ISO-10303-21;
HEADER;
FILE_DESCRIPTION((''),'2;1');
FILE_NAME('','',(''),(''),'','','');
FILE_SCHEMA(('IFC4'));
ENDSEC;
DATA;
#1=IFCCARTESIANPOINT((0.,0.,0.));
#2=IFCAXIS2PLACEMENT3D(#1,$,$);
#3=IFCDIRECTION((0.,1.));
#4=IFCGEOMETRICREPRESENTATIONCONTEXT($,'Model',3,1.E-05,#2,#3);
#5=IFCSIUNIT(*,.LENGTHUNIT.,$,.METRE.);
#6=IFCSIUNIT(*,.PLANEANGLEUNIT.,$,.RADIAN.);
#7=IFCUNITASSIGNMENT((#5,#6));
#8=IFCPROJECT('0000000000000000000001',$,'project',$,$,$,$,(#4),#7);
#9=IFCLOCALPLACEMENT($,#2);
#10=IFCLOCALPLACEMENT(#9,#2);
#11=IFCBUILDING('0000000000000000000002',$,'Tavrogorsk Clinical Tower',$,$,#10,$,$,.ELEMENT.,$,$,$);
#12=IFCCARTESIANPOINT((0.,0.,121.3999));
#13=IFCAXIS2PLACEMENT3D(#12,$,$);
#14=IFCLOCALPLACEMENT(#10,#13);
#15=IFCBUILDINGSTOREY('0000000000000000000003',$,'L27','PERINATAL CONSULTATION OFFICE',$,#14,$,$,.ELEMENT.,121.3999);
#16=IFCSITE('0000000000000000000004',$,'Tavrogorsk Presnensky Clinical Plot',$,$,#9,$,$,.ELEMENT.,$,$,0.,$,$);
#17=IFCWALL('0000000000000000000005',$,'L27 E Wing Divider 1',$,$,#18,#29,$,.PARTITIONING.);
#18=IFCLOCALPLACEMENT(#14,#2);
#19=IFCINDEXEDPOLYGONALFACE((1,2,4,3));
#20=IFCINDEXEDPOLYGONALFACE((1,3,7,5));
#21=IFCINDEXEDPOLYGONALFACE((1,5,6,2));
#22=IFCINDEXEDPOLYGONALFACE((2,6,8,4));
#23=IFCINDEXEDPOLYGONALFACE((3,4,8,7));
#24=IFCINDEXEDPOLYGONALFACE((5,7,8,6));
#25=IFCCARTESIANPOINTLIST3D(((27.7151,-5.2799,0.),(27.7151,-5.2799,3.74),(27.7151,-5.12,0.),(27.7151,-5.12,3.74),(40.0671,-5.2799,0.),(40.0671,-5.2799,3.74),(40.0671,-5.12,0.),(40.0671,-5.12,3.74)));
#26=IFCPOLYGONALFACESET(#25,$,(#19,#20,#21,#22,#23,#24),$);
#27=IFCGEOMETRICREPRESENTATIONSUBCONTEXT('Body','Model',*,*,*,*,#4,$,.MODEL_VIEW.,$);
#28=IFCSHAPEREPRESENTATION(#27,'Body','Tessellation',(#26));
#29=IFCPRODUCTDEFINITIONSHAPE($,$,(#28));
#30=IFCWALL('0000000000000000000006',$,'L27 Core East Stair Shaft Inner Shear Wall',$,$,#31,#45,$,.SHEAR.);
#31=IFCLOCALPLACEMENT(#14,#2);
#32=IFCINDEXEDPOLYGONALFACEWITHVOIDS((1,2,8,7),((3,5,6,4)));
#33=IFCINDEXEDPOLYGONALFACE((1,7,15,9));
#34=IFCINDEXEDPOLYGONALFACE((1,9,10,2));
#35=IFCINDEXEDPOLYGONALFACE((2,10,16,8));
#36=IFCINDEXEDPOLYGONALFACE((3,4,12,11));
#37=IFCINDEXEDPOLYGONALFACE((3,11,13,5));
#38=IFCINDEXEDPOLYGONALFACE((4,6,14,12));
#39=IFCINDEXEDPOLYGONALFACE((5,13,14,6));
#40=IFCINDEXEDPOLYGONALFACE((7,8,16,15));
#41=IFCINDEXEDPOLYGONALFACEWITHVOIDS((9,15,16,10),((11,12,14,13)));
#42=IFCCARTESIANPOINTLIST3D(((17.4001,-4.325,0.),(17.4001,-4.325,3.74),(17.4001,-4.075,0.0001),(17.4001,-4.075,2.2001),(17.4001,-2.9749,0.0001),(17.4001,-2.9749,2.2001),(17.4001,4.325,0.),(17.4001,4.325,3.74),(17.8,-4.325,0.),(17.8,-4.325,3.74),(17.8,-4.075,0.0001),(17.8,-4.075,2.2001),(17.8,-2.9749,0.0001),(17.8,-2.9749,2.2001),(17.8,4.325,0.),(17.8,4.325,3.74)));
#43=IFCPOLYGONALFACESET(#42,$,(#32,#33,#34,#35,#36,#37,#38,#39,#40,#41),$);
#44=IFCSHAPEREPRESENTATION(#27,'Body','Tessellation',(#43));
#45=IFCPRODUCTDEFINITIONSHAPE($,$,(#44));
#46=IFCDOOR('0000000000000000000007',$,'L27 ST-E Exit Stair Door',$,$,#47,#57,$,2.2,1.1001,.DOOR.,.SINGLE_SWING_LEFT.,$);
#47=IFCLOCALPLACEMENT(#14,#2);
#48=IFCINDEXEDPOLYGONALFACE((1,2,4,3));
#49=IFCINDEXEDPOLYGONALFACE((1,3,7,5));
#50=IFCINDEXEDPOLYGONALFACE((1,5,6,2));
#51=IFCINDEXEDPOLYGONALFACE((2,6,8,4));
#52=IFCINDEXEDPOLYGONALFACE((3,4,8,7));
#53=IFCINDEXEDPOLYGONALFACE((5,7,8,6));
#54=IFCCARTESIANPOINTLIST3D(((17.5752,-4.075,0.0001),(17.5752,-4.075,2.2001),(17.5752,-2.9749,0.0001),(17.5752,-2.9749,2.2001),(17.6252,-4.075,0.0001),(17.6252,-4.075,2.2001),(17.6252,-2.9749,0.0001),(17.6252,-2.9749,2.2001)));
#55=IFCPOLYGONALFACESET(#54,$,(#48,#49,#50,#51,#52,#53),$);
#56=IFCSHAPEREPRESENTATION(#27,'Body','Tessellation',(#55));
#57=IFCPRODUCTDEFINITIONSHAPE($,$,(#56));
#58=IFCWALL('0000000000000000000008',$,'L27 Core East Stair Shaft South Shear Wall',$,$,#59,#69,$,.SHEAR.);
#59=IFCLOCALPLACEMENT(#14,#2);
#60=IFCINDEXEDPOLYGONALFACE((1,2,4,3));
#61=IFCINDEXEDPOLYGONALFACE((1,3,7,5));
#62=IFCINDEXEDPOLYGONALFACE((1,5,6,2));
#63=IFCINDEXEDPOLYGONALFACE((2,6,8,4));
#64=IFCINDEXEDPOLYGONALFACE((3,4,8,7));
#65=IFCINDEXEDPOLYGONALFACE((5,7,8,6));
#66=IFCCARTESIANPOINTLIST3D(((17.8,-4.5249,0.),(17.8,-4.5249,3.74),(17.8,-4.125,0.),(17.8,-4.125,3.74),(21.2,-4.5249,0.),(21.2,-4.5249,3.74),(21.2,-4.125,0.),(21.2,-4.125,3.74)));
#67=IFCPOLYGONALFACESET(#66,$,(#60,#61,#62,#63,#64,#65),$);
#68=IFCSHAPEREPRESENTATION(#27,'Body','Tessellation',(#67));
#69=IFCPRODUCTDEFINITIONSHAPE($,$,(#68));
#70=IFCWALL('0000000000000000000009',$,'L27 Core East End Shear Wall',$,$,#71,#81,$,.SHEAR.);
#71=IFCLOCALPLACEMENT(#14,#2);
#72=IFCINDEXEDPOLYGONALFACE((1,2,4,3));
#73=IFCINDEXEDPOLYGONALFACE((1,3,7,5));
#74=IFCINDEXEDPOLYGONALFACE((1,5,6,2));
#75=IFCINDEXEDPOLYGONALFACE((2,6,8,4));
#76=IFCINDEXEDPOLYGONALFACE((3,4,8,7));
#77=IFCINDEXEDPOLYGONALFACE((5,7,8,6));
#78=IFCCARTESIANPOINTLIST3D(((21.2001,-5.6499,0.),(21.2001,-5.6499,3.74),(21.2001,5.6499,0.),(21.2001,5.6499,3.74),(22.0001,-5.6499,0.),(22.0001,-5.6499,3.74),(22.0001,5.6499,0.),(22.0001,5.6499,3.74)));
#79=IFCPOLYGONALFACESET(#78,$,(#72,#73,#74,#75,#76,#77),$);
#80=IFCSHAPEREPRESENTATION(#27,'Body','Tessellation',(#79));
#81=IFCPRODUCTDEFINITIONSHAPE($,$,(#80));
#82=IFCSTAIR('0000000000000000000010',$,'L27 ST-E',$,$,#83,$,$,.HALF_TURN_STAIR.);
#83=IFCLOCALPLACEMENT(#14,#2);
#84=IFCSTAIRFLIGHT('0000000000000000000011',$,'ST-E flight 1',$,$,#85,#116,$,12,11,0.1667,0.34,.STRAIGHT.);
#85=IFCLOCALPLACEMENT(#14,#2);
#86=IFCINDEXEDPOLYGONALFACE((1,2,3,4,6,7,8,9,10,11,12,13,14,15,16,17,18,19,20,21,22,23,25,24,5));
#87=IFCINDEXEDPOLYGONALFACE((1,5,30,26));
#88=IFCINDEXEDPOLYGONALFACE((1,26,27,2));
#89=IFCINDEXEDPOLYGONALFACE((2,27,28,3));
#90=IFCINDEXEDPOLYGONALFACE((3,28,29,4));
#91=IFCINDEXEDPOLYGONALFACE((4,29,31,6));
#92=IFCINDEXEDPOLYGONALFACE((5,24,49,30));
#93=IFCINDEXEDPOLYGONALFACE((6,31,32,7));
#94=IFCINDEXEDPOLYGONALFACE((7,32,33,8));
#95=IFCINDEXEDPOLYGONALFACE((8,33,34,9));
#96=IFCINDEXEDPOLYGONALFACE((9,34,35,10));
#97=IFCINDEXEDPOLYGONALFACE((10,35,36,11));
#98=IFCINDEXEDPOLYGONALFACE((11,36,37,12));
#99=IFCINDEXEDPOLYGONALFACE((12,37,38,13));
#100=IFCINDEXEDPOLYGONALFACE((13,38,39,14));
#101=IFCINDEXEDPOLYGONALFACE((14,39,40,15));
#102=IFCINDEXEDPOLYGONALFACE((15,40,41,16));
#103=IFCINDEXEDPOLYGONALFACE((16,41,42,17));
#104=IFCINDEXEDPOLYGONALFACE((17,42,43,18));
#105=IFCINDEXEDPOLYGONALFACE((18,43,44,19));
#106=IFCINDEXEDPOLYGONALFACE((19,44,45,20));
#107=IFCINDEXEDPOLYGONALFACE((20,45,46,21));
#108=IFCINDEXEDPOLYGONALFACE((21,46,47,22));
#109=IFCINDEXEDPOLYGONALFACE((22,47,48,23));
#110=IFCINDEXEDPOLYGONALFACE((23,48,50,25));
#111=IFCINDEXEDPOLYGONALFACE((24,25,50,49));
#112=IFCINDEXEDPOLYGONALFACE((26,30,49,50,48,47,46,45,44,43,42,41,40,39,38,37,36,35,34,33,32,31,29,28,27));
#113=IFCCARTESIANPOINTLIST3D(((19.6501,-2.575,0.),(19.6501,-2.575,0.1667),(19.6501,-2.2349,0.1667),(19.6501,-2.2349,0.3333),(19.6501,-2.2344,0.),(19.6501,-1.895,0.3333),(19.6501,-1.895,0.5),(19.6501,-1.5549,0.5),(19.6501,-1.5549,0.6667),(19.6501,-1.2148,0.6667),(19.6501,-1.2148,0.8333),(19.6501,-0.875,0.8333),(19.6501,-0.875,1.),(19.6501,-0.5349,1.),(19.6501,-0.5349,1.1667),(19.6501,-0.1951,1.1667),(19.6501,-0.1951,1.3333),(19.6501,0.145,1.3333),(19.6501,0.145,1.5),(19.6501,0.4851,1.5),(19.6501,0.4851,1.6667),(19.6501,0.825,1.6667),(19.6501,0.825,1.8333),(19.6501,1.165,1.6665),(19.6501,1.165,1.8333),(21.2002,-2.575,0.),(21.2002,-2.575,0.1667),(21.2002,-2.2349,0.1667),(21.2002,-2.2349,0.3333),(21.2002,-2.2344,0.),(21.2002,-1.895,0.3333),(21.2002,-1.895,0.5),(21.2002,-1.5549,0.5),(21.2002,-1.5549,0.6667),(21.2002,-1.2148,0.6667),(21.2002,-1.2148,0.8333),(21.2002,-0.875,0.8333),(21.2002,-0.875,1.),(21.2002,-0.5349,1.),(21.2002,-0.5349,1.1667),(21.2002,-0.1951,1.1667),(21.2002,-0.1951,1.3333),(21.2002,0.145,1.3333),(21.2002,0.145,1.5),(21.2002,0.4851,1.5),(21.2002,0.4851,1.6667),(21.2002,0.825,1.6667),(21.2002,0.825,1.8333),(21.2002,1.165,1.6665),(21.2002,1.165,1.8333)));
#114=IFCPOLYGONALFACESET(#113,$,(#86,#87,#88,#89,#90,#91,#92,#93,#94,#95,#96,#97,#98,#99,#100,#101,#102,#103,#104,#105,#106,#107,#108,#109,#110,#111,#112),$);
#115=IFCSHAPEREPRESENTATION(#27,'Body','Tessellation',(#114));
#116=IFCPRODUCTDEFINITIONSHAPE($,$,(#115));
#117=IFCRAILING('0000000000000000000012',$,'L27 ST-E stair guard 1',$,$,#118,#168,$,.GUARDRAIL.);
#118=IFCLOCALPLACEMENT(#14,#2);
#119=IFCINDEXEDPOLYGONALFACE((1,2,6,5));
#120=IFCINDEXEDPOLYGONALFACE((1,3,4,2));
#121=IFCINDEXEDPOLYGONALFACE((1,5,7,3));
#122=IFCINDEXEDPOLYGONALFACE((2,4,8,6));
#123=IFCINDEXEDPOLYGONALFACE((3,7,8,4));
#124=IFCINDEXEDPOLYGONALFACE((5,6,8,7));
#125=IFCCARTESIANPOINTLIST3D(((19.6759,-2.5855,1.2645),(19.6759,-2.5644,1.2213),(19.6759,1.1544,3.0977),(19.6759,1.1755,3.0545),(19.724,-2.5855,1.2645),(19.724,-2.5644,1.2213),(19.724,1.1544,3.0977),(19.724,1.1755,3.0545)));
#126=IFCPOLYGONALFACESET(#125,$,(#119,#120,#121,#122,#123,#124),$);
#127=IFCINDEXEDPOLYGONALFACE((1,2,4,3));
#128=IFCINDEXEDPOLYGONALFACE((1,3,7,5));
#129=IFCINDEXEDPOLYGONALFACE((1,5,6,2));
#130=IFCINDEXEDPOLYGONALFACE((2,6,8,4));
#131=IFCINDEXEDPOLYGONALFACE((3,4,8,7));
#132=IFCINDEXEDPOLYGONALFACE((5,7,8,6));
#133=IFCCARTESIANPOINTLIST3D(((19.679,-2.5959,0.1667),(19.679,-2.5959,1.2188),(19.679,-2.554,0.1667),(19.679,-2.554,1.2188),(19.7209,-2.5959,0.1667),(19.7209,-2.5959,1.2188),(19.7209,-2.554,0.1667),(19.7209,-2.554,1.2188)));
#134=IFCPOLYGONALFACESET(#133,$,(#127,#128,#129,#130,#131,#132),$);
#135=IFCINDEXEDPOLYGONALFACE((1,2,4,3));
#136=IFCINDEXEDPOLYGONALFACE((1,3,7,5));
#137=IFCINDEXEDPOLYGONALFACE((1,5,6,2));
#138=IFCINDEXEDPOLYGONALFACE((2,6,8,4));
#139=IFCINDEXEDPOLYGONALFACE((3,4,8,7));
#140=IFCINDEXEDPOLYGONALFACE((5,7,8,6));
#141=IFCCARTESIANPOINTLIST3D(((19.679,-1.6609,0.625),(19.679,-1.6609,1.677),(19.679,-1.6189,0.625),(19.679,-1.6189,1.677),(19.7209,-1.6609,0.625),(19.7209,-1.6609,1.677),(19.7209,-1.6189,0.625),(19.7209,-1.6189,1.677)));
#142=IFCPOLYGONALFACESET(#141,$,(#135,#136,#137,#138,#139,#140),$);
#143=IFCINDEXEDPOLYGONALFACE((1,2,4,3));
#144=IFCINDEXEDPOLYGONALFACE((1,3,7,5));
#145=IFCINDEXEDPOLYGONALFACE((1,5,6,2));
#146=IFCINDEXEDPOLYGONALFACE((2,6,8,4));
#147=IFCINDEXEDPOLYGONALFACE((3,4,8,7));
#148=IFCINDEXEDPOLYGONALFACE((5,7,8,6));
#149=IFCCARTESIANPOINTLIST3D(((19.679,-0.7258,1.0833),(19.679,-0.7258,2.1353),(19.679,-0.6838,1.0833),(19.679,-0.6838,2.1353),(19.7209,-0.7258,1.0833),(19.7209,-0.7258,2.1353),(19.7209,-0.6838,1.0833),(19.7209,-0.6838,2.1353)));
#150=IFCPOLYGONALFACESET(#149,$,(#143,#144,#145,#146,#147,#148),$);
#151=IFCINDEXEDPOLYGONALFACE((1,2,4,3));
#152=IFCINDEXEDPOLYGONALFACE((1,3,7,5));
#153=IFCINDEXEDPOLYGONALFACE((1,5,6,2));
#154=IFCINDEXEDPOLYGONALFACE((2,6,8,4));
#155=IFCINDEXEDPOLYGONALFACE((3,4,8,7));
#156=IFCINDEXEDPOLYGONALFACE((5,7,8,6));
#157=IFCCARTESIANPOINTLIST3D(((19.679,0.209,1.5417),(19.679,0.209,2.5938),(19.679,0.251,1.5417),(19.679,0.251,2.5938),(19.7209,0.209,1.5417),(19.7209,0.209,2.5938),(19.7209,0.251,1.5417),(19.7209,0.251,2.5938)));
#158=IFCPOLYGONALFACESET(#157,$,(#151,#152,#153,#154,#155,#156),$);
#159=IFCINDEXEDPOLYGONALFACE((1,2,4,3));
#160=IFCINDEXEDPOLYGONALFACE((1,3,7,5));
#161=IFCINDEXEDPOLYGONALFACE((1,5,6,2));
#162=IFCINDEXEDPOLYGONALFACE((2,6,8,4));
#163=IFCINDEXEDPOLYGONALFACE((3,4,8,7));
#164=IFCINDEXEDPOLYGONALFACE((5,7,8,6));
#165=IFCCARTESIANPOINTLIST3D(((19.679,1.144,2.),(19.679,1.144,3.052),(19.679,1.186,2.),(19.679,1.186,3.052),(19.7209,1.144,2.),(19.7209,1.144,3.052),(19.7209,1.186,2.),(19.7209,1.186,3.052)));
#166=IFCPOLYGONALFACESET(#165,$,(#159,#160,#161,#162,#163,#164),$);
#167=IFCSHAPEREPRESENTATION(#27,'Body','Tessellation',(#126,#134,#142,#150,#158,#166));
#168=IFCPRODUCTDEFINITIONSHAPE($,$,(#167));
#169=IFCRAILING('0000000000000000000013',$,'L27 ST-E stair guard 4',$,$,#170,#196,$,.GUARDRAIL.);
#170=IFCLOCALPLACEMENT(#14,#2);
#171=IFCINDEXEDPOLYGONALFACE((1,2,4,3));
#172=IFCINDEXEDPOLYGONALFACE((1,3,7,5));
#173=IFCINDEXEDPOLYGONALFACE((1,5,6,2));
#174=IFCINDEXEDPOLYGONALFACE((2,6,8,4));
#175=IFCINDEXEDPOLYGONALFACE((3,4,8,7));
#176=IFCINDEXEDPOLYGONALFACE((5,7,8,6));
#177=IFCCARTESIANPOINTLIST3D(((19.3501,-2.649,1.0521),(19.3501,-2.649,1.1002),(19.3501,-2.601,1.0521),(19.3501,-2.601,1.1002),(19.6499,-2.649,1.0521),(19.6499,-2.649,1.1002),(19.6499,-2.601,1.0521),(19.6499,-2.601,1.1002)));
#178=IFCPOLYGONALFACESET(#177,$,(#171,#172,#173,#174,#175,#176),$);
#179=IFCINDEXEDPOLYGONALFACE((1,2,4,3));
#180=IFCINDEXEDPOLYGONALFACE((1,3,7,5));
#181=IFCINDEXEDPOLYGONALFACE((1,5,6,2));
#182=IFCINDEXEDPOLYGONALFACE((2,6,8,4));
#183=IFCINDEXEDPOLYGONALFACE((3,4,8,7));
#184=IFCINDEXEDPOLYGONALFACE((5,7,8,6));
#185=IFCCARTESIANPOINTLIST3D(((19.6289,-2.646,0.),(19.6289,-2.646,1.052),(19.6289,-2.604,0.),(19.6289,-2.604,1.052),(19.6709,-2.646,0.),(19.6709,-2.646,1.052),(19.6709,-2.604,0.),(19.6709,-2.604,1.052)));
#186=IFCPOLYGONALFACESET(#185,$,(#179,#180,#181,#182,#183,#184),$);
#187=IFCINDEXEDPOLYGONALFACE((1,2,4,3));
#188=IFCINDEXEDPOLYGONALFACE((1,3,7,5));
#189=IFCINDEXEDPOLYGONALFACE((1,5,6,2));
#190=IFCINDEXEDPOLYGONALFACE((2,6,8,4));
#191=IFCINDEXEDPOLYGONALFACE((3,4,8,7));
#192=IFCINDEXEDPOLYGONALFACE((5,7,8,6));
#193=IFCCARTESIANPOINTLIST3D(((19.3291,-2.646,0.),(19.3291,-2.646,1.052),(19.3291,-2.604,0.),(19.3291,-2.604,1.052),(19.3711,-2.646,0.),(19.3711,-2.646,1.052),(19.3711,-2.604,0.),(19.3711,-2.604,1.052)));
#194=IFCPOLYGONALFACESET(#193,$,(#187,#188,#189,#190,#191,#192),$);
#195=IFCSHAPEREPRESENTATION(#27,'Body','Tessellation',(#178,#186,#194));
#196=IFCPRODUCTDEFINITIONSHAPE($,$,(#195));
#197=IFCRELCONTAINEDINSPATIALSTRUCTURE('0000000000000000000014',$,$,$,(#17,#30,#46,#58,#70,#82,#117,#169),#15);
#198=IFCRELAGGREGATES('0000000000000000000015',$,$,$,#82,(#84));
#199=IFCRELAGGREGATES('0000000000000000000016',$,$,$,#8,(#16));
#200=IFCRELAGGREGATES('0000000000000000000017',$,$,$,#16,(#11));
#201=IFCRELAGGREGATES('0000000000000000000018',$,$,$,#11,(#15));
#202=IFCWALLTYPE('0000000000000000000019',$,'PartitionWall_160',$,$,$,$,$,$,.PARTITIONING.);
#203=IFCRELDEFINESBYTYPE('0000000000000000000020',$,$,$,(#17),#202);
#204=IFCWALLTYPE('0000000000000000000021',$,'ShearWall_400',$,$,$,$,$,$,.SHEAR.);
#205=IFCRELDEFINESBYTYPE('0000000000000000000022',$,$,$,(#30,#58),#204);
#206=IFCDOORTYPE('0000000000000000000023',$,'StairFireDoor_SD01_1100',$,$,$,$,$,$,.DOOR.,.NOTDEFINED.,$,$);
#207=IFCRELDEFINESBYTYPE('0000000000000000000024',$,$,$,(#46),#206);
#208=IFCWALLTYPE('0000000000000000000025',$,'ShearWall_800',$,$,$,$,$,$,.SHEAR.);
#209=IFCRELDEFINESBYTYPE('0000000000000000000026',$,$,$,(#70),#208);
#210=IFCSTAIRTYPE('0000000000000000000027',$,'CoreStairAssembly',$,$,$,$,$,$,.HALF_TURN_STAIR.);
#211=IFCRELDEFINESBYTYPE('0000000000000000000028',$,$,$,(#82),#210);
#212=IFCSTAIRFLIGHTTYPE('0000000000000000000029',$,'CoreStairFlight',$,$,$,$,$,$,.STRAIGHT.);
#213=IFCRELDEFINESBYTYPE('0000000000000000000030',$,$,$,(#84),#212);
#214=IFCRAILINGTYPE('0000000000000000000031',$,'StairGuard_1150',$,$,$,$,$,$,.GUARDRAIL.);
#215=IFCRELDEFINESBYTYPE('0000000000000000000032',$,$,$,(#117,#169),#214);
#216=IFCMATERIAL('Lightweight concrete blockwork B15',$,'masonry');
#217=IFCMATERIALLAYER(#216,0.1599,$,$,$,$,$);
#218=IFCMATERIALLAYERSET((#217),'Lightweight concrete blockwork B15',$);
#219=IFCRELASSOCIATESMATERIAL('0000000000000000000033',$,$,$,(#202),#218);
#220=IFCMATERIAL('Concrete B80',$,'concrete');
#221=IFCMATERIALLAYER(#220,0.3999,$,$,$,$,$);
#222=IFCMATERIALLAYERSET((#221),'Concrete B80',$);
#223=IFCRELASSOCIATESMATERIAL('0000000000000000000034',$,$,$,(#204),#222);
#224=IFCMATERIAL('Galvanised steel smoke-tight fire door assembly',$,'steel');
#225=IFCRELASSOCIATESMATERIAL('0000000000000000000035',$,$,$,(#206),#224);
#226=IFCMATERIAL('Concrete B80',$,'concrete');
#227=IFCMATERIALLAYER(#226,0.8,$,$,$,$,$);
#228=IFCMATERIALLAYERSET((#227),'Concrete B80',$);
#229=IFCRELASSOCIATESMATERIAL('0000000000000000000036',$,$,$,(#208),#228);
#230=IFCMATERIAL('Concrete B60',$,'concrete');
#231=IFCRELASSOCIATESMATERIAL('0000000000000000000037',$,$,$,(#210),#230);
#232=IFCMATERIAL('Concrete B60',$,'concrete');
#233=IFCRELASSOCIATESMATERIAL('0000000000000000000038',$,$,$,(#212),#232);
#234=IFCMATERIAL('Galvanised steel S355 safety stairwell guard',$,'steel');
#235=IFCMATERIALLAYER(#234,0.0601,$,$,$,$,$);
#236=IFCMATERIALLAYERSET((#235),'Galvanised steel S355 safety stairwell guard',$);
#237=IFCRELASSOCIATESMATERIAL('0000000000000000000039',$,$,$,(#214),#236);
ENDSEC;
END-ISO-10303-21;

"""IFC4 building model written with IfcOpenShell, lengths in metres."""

from ifc_helpers import new_model, si_unit, direction, frame, frame_2d, origin, origin_2d, place, context, subcontext, project, spatial, polyline, rectangle, outline, extrude, material, layer, layer_set, type_object, element, fill, aggregate, save


model = new_model("IFC4")

# Units and contexts
model_context = context("Model", 3, precision=1e-05, world=origin(), true_north=direction((0.0, 1.0)))
body_context = subcontext(model_context, "Body", "Model", "MODEL_VIEW")
ifc_project = project(units=[si_unit("LENGTHUNIT", "METRE"), si_unit("PLANEANGLEUNIT", "RADIAN")], contexts=[model_context])

# Site, building, storey
site_placement = place(None, origin())
site = spatial("IfcSite", under=ifc_project, at=site_placement, Name="Tavrogorsk Presnensky Clinical Plot", CompositionType="ELEMENT", RefElevation=0.0)
building_placement = place(site_placement, origin())
building = spatial("IfcBuilding", under=site, at=building_placement, Name="Tavrogorsk Clinical Tower", CompositionType="ELEMENT")
storey_placement = place(building_placement, frame((0.0, 0.0, 121.3999)))
storey = spatial("IfcBuildingStorey", under=building, at=storey_placement, Name="L27", Description="PERINATAL CONSULTATION OFFICE", CompositionType="ELEMENT", Elevation=121.3999)

# Shared definitions
ifc_material_1 = material(Name="Lightweight concrete blockwork B15", Category="masonry")
ifc_layer_1 = layer(ifc_material_1, 0.1599)
ifc_layer_set_1 = layer_set([ifc_layer_1], Name="Lightweight concrete blockwork B15")
wall_type_1 = type_object("IfcWallType", Name="PartitionWall_160", PredefinedType="PARTITIONING", material=ifc_layer_set_1)

# Wall
wall_1_placement = place(storey_placement, frame((27.7151, -5.2, 0.0), z_axis=(0.0, 0.0, 1.0), x_axis=(1.0, 0.0, 0.0)))
element("IfcWall", 1, at=wall_1_placement, inside=storey, type_object=wall_type_1, Name="L27 E Wing Divider 1", PredefinedType="PARTITIONING", context=body_context, shape_type="SweptSolid", body=[
    extrude(rectangle(XDim=12.3521, YDim=0.1599, at=frame_2d((6.176, 0.0))), origin(), (0.0, 0.0, 1.0), 3.74),
])

# Wall, opening, door
ifc_material_2 = material(Name="Concrete B80", Category="concrete")
ifc_layer_2 = layer(ifc_material_2, 0.3999)
ifc_layer_set_2 = layer_set([ifc_layer_2], Name="Concrete B80")
wall_type_2 = type_object("IfcWallType", Name="ShearWall_400", PredefinedType="SHEAR", material=ifc_layer_set_2)
wall_2_placement = place(storey_placement, frame((17.6001, -4.325, 0.0), z_axis=(0.0, 0.0, 1.0), x_axis=(0.0, 1.0, 0.0)))
wall_2 = element("IfcWall", 2, at=wall_2_placement, inside=storey, type_object=wall_type_2, Name="L27 Core East Stair Shaft Inner Shear Wall", PredefinedType="SHEAR", context=body_context, shape_type="SweptSolid", body=[
    extrude(rectangle(XDim=8.6499, YDim=0.3999, at=frame_2d((4.325, 0.0))), origin(), (0.0, 0.0, 1.0), 3.74),
])
opening_1_placement = place(wall_2_placement, frame((0.25, 0.0, 0.0)))
opening_1 = element("IfcOpeningElement", 3, at=opening_1_placement, cuts=wall_2, PredefinedType="OPENING", context=body_context, shape_type="SweptSolid", body=[
    extrude(rectangle(XDim=1.1001, YDim=2.2, at=frame_2d((0.55, 1.1001))), frame((0.0, 0.21, 0.0), z_axis=(0.0, -1.0, 0.0), x_axis=(1.0, 0.0, 0.0)), (0.0, 0.0, 1.0), 0.4199),
])
ifc_material_3 = material(Name="Galvanised steel smoke-tight fire door assembly", Category="steel")
door_type_1 = type_object("IfcDoorType", Name="StairFireDoor_SD01_1100", OperationType="NOTDEFINED", PredefinedType="DOOR", material=ifc_material_3)
door_1_placement = place(opening_1_placement, origin())
door_1 = element("IfcDoor", 4, at=door_1_placement, inside=storey, type_object=door_type_1, Name="L27 ST-E Exit Stair Door", OperationType="SINGLE_SWING_LEFT", OverallHeight=2.2, OverallWidth=1.1001, PredefinedType="DOOR", context=body_context, shape_type="SweptSolid", body=[
    extrude(rectangle(XDim=1.1001, YDim=2.2, at=frame_2d((0.55, 1.1001))), frame((0.0, 0.0249, 0.0), z_axis=(0.0, -1.0, 0.0), x_axis=(1.0, 0.0, 0.0)), (0.0, 0.0, 1.0), 0.05),
])
fill(opening_1, door_1)

# Walls
wall_3_placement = place(storey_placement, frame((17.8, -4.325, 0.0), z_axis=(0.0, 0.0, 1.0), x_axis=(1.0, 0.0, 0.0)))
element("IfcWall", 5, at=wall_3_placement, inside=storey, type_object=wall_type_2, Name="L27 Core East Stair Shaft South Shear Wall", PredefinedType="SHEAR", context=body_context, shape_type="SweptSolid", body=[
    extrude(rectangle(XDim=3.3999, YDim=0.3999, at=frame_2d((1.7, 0.0))), origin(), (0.0, 0.0, 1.0), 3.74),
])
ifc_material_4 = material(Name="Concrete B80", Category="concrete")
ifc_layer_3 = layer(ifc_material_4, 0.8)
ifc_layer_set_3 = layer_set([ifc_layer_3], Name="Concrete B80")
wall_type_3 = type_object("IfcWallType", Name="ShearWall_800", PredefinedType="SHEAR", material=ifc_layer_set_3)
wall_4_placement = place(storey_placement, frame((21.6001, -5.6499, 0.0), z_axis=(0.0, 0.0, 1.0), x_axis=(0.0, 1.0, 0.0)))
element("IfcWall", 6, at=wall_4_placement, inside=storey, type_object=wall_type_3, Name="L27 Core East End Shear Wall", PredefinedType="SHEAR", context=body_context, shape_type="SweptSolid", body=[
    extrude(rectangle(XDim=11.2998, YDim=0.8, at=frame_2d((5.6499, 0.0))), origin(), (0.0, 0.0, 1.0), 3.74),
])

# Stair, stair flight
ifc_material_5 = material(Name="Concrete B60", Category="concrete")
stair_type = type_object("IfcStairType", Name="CoreStairAssembly", PredefinedType="HALF_TURN_STAIR", material=ifc_material_5)
stair_placement = place(storey_placement, origin())
stair = element("IfcStair", 7, at=stair_placement, inside=storey, type_object=stair_type, Name="L27 ST-E", PredefinedType="HALF_TURN_STAIR")
ifc_material_6 = material(Name="Concrete B60", Category="concrete")
stair_flight_type = type_object("IfcStairFlightType", Name="CoreStairFlight", PredefinedType="STRAIGHT", material=ifc_material_6)
stair_flight_placement = place(storey_placement, frame((20.425, -2.575, 0.0), z_axis=(0.0, 0.0, 1.0), x_axis=(0.0, 1.0, 0.0)))
stair_flight = element("IfcStairFlight", 8, at=stair_flight_placement, type_object=stair_flight_type, Name="ST-E flight 1", NumberOfRisers=12, NumberOfTreads=11, PredefinedType="STRAIGHT", RiserHeight=0.1667, TreadLength=0.34, context=body_context, shape_type="SweptSolid", body=[
    extrude(outline(polyline([(0.0, 0.0), (0.0, 0.1667), (0.3401, 0.1667), (0.3401, 0.3333), (0.6799, 0.3333), (0.6799, 0.5), (1.02, 0.5), (1.02, 0.6667), (1.3601, 0.6667), (1.3601, 0.8333), (1.7, 0.8333), (1.7, 1.0), (2.04, 1.0), (2.04, 1.1667), (2.3799, 1.1667), (2.3799, 1.3333), (2.72, 1.3333), (2.72, 1.5), (3.0601, 1.5), (3.0601, 1.6667), (3.3999, 1.6667), (3.3999, 1.8333), (3.74, 1.8333), (3.74, 2.0), (3.74, 1.6665), (0.3406, 0.0), (0.0, 0.0)])), frame((0.0, 0.7749, 0.0), z_axis=(0.0, -1.0, 0.0), x_axis=(1.0, 0.0, 0.0)), (0.0, 0.0, 1.0), 1.55),
])
aggregate(stair, [stair_flight])

# Railings
ifc_material_7 = material(Name="Galvanised steel S355 safety stairwell guard", Category="steel")
ifc_layer_4 = layer(ifc_material_7, 0.0601)
ifc_layer_set_4 = layer_set([ifc_layer_4], Name="Galvanised steel S355 safety stairwell guard")
railing_type_1 = type_object("IfcRailingType", Name="StairGuard_1150", PredefinedType="GUARDRAIL", material=ifc_layer_set_4)
railing_1_placement = place(storey_placement, frame((19.7, -2.575, 0.1667)))
element("IfcRailing", 9, at=railing_1_placement, inside=storey, type_object=railing_type_1, Name="L27 ST-E stair guard 1", PredefinedType="GUARDRAIL", context=body_context, shape_type="SweptSolid", body=[
    extrude(rectangle(XDim=0.0481, YDim=0.0481, at=origin_2d()), frame((0.0, 0.0, 1.0762), z_axis=(0.0, 0.897928, 0.440142), x_axis=(-1.0, 0.0, 0.0)), (0.0, 0.0, 1.0), 4.165),
    extrude(rectangle(XDim=0.042, YDim=0.042, at=origin_2d()), origin(), (0.0, 0.0, 1.0), 1.052),
    extrude(rectangle(XDim=0.042, YDim=0.042, at=origin_2d()), frame((0.0, 0.9351, 0.4583)), (0.0, 0.0, 1.0), 1.052),
    extrude(rectangle(XDim=0.042, YDim=0.042, at=origin_2d()), frame((0.0, 1.8701, 0.9165)), (0.0, 0.0, 1.0), 1.052),
    extrude(rectangle(XDim=0.042, YDim=0.042, at=origin_2d()), frame((0.0, 2.8049, 1.375)), (0.0, 0.0, 1.0), 1.052),
    extrude(rectangle(XDim=0.042, YDim=0.042, at=origin_2d()), frame((0.0, 3.74, 1.8333)), (0.0, 0.0, 1.0), 1.052),
])
railing_2_placement = place(storey_placement, frame((19.6499, -2.625, 0.0)))
element("IfcRailing", 10, at=railing_2_placement, inside=storey, type_object=railing_type_1, Name="L27 ST-E stair guard 4", PredefinedType="GUARDRAIL", context=body_context, shape_type="SweptSolid", body=[
    extrude(rectangle(XDim=0.0481, YDim=0.0481, at=origin_2d()), frame((0.0, 0.0, 1.0762), z_axis=(-1.0, 0.0, 0.0), x_axis=(0.0, -1.0, 0.0)), (0.0, 0.0, 1.0), 0.2998),
    extrude(rectangle(XDim=0.042, YDim=0.042, at=origin_2d()), origin(), (0.0, 0.0, 1.0), 1.052),
    extrude(rectangle(XDim=0.042, YDim=0.042, at=origin_2d()), frame((-0.2998, 0.0, 0.0)), (0.0, 0.0, 1.0), 1.052),
])

save(model, "model.ifc")
